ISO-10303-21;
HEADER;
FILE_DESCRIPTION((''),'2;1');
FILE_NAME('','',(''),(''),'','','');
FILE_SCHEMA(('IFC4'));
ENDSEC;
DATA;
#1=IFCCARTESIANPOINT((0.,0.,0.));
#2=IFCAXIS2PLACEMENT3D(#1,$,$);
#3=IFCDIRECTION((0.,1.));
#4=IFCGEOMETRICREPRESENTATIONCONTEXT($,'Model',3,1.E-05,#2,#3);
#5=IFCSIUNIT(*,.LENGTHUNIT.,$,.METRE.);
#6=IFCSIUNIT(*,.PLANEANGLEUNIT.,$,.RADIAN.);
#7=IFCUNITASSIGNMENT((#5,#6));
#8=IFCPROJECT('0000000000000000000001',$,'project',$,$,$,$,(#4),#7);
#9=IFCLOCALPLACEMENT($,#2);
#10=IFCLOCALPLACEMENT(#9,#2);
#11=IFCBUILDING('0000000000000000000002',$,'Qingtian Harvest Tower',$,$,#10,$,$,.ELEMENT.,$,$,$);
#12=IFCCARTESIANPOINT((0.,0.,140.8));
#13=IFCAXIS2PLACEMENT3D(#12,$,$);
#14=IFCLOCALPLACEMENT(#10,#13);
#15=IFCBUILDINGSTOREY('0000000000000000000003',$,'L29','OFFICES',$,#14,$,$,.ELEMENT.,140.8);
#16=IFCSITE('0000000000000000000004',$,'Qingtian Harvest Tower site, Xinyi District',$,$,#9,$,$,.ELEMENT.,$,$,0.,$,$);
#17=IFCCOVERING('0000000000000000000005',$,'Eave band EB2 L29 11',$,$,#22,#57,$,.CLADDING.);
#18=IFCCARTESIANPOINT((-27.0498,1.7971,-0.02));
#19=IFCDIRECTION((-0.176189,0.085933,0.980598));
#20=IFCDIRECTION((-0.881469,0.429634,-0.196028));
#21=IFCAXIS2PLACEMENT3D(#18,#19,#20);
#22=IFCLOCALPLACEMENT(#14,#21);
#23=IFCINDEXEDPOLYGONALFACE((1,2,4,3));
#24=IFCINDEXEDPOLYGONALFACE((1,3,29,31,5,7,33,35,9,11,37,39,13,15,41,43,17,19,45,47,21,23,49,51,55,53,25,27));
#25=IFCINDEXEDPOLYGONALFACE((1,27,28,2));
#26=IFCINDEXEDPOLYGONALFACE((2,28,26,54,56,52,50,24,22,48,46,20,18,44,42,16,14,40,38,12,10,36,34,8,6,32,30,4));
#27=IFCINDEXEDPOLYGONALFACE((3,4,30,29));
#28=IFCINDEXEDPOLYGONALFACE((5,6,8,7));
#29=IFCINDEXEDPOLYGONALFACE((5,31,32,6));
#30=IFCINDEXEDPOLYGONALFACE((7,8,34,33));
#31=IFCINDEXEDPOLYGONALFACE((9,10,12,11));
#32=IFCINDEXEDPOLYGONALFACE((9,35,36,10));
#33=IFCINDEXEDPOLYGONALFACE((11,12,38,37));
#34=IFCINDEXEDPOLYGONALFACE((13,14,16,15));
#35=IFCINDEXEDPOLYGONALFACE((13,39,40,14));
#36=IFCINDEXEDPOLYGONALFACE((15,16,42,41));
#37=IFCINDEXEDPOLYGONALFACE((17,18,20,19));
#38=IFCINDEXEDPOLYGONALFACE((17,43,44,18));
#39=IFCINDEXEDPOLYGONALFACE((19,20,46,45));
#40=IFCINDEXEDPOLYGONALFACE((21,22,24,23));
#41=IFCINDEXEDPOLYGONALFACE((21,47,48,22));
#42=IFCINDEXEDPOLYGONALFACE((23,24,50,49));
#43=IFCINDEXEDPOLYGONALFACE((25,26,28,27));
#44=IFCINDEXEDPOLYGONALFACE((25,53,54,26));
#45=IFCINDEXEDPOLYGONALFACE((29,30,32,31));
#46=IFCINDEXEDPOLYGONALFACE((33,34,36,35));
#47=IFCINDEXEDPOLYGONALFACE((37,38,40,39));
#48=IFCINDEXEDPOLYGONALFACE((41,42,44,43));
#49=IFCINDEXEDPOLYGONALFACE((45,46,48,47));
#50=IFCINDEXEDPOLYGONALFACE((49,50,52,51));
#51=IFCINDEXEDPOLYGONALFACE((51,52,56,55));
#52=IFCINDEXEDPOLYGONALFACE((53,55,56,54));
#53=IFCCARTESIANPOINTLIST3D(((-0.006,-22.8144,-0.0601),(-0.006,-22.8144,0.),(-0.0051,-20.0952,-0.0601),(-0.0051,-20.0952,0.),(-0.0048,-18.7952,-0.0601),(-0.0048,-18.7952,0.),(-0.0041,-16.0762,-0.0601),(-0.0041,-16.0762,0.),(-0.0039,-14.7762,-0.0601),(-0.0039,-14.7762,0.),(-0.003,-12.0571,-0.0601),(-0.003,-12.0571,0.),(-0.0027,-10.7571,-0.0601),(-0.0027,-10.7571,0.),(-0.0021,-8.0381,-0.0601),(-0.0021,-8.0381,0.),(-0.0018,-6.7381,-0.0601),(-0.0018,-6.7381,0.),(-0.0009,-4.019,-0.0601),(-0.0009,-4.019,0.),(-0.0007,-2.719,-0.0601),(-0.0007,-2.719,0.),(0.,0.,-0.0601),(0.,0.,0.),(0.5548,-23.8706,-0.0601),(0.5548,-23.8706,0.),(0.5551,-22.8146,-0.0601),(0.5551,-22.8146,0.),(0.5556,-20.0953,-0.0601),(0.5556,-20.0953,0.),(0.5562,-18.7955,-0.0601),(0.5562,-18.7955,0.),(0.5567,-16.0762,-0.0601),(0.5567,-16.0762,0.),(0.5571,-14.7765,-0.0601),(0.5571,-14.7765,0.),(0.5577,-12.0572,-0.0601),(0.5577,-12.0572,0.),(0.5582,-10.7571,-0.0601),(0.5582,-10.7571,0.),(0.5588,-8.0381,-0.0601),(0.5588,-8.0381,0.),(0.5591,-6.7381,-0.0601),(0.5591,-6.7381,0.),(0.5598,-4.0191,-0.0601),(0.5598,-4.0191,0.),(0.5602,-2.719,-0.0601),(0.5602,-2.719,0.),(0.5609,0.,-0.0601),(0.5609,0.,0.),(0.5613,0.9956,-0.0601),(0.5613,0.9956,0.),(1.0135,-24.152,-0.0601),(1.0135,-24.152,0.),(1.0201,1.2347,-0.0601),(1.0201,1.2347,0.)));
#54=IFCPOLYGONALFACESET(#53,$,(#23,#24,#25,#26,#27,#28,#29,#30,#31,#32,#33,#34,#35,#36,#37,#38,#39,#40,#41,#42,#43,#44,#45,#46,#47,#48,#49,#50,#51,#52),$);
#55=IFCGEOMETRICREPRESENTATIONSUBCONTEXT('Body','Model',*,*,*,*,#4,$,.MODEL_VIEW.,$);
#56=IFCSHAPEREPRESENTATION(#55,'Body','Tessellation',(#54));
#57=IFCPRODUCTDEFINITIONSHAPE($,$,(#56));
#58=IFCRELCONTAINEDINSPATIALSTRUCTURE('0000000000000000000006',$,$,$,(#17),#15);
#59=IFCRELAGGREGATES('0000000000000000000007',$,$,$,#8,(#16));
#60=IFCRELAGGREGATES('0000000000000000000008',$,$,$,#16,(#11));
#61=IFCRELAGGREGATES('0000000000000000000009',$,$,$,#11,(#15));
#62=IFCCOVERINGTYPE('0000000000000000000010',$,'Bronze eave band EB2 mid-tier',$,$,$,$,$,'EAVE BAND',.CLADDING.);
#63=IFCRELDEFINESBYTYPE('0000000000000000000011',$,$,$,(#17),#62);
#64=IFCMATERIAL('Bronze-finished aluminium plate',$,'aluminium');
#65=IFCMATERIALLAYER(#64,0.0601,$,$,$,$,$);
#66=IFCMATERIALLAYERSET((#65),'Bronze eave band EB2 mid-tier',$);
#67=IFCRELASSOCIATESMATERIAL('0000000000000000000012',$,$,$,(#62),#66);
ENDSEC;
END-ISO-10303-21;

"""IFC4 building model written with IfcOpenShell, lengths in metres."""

from ifc_helpers import new_model, si_unit, direction, frame, origin, place, context, subcontext, project, spatial, polyline, outline, extrude, material, layer, layer_set, type_object, element, save


model = new_model("IFC4")

# Units and contexts
model_context = context("Model", 3, precision=1e-05, world=origin(), true_north=direction((0.0, 1.0)))
body_context = subcontext(model_context, "Body", "Model", "MODEL_VIEW")
ifc_project = project(units=[si_unit("LENGTHUNIT", "METRE"), si_unit("PLANEANGLEUNIT", "RADIAN")], contexts=[model_context])

# Site, building, storey
site_placement = place(None, origin())
site = spatial("IfcSite", under=ifc_project, at=site_placement, Name="Qingtian Harvest Tower site, Xinyi District", CompositionType="ELEMENT", RefElevation=0.0)
building_placement = place(site_placement, origin())
building = spatial("IfcBuilding", under=site, at=building_placement, Name="Qingtian Harvest Tower", CompositionType="ELEMENT")
storey_placement = place(building_placement, frame((0.0, 0.0, 140.8)))
storey = spatial("IfcBuildingStorey", under=building, at=storey_placement, Name="L29", Description="OFFICES", CompositionType="ELEMENT", Elevation=140.8)

# Covering
ifc_material_1 = material(Name="Bronze-finished aluminium plate", Category="aluminium")
ifc_layer_1 = layer(ifc_material_1, 0.0601)
ifc_layer_set_1 = layer_set([ifc_layer_1], Name="Bronze eave band EB2 mid-tier")
covering_type = type_object("IfcCoveringType", Name="Bronze eave band EB2 mid-tier", ElementType="EAVE BAND", PredefinedType="CLADDING", material=ifc_layer_set_1)
covering_placement = place(storey_placement, frame((-27.0498, 1.7971, -0.02), z_axis=(-0.176189, 0.085933, 0.980598), x_axis=(-0.881469, 0.429634, -0.196028)))
element("IfcCovering", 1, at=covering_placement, inside=storey, type_object=covering_type, Name="Eave band EB2 L29 11", PredefinedType="CLADDING", context=body_context, shape_type="SweptSolid", body=[
    extrude(outline(polyline([(0.0, 0.0), (0.5609, 0.0), (0.5613, 0.9956), (1.0201, 1.2347), (1.0135, -24.152), (0.5548, -23.8706), (0.5551, -22.8146), (-0.006, -22.8144), (-0.0051, -20.0952), (0.5556, -20.0953), (0.5562, -18.7955), (-0.0048, -18.7952), (-0.0041, -16.0762), (0.5567, -16.0762), (0.5571, -14.7765), (-0.0039, -14.7762), (-0.003, -12.0571), (0.5577, -12.0572), (0.5582, -10.7571), (-0.0027, -10.7571), (-0.0021, -8.0381), (0.5588, -8.0381), (0.5591, -6.7381), (-0.0018, -6.7381), (-0.0009, -4.019), (0.5598, -4.0191), (0.5602, -2.719), (-0.0007, -2.719), (0.0, 0.0)])), origin(), (0.0, 0.0, -1.0), 0.0601),
])

save(model, "model.ifc")
